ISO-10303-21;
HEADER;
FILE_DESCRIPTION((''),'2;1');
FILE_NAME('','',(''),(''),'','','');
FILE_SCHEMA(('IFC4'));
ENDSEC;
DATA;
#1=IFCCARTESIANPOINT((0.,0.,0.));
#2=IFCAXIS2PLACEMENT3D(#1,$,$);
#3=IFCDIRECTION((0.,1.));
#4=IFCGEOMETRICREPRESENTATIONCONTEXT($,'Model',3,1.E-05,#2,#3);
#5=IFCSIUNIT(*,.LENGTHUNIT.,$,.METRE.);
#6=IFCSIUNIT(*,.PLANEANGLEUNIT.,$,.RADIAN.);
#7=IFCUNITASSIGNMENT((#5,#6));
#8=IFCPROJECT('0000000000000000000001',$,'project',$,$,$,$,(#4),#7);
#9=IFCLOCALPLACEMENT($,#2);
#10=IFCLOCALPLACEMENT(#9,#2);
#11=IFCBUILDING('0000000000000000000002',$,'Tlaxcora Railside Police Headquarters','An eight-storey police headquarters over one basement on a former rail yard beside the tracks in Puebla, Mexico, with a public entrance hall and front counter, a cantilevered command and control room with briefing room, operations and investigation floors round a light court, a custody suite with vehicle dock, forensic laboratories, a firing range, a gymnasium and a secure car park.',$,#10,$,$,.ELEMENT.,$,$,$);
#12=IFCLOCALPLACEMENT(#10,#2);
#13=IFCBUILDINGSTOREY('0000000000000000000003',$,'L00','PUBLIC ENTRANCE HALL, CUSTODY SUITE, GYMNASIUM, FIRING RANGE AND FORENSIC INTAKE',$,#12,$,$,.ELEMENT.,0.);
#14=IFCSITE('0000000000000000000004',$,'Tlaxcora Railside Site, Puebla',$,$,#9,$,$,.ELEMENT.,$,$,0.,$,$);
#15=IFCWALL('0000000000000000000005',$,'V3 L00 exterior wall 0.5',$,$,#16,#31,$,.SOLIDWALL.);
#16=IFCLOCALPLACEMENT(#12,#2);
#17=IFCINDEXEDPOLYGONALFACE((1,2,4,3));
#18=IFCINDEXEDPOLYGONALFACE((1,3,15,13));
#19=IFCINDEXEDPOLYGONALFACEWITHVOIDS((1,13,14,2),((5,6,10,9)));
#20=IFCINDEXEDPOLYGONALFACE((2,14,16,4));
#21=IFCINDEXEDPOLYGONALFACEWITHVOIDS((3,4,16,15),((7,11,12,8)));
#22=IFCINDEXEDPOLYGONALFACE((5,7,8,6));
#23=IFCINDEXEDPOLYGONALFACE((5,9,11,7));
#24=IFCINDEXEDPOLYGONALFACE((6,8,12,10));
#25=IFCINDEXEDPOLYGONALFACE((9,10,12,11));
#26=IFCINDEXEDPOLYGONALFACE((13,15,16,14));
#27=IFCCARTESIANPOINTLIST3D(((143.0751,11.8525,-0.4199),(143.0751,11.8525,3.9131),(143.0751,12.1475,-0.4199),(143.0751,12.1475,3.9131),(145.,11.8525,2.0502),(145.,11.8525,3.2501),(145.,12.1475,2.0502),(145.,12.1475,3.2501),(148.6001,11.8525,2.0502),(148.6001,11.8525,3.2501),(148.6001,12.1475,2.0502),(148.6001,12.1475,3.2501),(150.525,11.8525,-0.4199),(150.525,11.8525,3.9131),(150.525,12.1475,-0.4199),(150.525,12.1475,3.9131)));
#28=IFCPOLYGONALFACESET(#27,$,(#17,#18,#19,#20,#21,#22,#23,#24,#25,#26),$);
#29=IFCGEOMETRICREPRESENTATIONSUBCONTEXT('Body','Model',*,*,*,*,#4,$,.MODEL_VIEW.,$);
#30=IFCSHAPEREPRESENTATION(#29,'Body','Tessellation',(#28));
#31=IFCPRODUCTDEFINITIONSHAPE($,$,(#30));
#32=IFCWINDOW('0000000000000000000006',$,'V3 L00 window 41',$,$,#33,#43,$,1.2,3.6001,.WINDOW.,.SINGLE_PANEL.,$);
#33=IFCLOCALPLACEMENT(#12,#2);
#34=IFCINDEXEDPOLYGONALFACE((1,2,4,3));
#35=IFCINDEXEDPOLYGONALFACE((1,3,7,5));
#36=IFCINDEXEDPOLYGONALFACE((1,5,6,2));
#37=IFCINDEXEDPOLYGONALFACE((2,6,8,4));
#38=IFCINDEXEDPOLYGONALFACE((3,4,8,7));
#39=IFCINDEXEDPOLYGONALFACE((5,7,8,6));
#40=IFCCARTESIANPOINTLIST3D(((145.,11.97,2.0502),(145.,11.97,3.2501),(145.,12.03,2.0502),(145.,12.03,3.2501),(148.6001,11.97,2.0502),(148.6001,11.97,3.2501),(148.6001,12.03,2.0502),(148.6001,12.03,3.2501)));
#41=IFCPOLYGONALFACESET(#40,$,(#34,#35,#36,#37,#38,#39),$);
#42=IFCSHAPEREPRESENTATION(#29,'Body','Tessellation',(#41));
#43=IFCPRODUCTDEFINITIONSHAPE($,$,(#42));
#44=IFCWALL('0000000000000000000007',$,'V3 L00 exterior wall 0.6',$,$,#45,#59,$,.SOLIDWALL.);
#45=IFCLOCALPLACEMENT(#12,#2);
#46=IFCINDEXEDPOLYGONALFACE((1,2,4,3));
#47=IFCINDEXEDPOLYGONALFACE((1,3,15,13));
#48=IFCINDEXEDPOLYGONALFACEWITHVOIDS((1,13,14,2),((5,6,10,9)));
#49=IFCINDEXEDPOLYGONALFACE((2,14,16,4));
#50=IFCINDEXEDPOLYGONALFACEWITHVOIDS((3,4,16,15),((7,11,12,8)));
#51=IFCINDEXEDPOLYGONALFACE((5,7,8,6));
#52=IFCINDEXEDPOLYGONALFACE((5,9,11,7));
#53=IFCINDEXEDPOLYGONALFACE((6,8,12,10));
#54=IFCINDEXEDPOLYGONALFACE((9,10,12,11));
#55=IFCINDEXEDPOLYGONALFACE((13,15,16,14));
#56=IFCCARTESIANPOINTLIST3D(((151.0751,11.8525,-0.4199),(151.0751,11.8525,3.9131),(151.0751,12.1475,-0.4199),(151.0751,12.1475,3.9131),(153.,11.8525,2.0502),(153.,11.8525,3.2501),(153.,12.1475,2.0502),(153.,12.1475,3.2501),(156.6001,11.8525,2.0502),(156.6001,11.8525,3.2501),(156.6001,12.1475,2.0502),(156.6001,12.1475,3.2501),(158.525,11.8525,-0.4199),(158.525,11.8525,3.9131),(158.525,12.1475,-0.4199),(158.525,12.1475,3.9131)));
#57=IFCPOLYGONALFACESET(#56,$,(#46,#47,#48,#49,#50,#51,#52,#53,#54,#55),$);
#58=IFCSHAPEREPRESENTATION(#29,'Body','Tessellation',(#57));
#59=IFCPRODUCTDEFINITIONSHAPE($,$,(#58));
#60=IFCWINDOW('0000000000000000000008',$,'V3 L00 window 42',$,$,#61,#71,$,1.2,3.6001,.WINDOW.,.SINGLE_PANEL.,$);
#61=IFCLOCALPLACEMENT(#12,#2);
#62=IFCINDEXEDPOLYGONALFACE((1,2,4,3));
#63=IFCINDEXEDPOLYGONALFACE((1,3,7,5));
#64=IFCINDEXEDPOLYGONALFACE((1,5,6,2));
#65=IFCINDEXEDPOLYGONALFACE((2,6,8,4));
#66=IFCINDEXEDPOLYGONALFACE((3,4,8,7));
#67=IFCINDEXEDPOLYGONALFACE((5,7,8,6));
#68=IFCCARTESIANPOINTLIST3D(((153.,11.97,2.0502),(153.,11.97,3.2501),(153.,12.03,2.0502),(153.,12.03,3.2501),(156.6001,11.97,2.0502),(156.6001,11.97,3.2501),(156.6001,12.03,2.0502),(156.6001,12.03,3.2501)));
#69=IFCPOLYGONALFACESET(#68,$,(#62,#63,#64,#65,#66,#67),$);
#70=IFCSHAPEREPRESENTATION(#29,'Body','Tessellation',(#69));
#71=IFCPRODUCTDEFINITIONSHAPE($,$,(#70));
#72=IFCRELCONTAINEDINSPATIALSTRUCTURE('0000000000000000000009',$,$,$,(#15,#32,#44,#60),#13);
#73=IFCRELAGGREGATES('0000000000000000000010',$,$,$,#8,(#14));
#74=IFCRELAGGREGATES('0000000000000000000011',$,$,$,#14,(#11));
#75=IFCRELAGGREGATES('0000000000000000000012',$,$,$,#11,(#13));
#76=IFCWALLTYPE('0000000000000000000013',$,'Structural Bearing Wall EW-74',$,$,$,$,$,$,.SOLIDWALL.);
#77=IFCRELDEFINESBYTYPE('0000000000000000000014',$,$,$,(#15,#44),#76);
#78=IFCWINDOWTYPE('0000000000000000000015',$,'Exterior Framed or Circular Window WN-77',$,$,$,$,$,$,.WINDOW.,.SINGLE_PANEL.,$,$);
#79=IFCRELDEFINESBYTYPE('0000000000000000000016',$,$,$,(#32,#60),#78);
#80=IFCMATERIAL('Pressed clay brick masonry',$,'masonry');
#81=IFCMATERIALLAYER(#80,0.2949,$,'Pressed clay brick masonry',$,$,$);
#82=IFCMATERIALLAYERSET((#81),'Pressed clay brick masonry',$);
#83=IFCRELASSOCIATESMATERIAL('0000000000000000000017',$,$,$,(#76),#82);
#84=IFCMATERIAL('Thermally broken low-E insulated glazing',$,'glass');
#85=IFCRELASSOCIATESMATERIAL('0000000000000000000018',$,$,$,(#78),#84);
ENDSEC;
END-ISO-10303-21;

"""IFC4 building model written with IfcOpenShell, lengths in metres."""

from ifc_helpers import new_model, si_unit, direction, frame, frame_2d, origin, place, context, subcontext, project, spatial, rectangle, extrude, material, layer, layer_set, type_object, element, fill, save


model = new_model("IFC4")

# Units and contexts
model_context = context("Model", 3, precision=1e-05, world=origin(), true_north=direction((0.0, 1.0)))
body_context = subcontext(model_context, "Body", "Model", "MODEL_VIEW")
ifc_project = project(units=[si_unit("LENGTHUNIT", "METRE"), si_unit("PLANEANGLEUNIT", "RADIAN")], contexts=[model_context])

# Site, building, storey
site_placement = place(None, origin())
site = spatial("IfcSite", under=ifc_project, at=site_placement, Name="Tlaxcora Railside Site, Puebla", CompositionType="ELEMENT", RefElevation=0.0)
building_placement = place(site_placement, origin())
building = spatial("IfcBuilding", under=site, at=building_placement, Name="Tlaxcora Railside Police Headquarters", Description="An eight-storey police headquarters over one basement on a former rail yard beside the tracks in Puebla, Mexico, with a public entrance hall and front counter, a cantilevered command and control room with briefing room, operations and investigation floors round a light court, a custody suite with vehicle dock, forensic laboratories, a firing range, a gymnasium and a secure car park.", CompositionType="ELEMENT")
storey_placement = place(building_placement, origin())
storey = spatial("IfcBuildingStorey", under=building, at=storey_placement, Name="L00", Description="PUBLIC ENTRANCE HALL, CUSTODY SUITE, GYMNASIUM, FIRING RANGE AND FORENSIC INTAKE", CompositionType="ELEMENT", Elevation=0.0)

# Walls, openings, windows
ifc_material_1 = material(Name="Pressed clay brick masonry", Category="masonry")
ifc_layer_1 = layer(ifc_material_1, 0.2949, Name="Pressed clay brick masonry")
ifc_layer_set_1 = layer_set([ifc_layer_1], Name="Pressed clay brick masonry")
wall_type_1 = type_object("IfcWallType", Name="Structural Bearing Wall EW-74", PredefinedType="SOLIDWALL", material=ifc_layer_set_1)
wall_1_placement = place(storey_placement, frame((143.075, 12.0, -0.4199), z_axis=(0.0, 0.0, 1.0), x_axis=(1.0, 0.0, 0.0)))
wall_1 = element("IfcWall", 1, at=wall_1_placement, inside=storey, type_object=wall_type_1, Name="V3 L00 exterior wall 0.5", PredefinedType="SOLIDWALL", context=body_context, shape_type="SweptSolid", body=[
    extrude(rectangle(XDim=7.45, YDim=0.2949, at=frame_2d((3.7251, 0.0))), origin(), (0.0, 0.0, 1.0), 4.333),
])
opening_1_placement = place(wall_1_placement, frame((1.925, 0.0, 2.47)))
opening_1 = element("IfcOpeningElement", 2, at=opening_1_placement, cuts=wall_1, PredefinedType="OPENING", context=body_context, shape_type="SweptSolid", body=[
    extrude(rectangle(XDim=3.6001, YDim=1.2, at=frame_2d((1.8, 0.6001))), frame((0.0, 0.1575, 0.0), z_axis=(0.0, -1.0, 0.0), x_axis=(1.0, 0.0, 0.0)), (0.0, 0.0, 1.0), 0.3149),
])
ifc_material_2 = material(Name="Thermally broken low-E insulated glazing", Category="glass")
window_type = type_object("IfcWindowType", Name="Exterior Framed or Circular Window WN-77", PartitioningType="SINGLE_PANEL", PredefinedType="WINDOW", material=ifc_material_2)
window_1_placement = place(opening_1_placement, origin())
window_1 = element("IfcWindow", 3, at=window_1_placement, inside=storey, type_object=window_type, Name="V3 L00 window 41", OverallHeight=1.2, OverallWidth=3.6001, PartitioningType="SINGLE_PANEL", PredefinedType="WINDOW", context=body_context, shape_type="SweptSolid", body=[
    extrude(rectangle(XDim=3.6001, YDim=1.2, at=frame_2d((1.8, 0.6001))), frame((0.0, 0.03, 0.0), z_axis=(0.0, -1.0, 0.0), x_axis=(1.0, 0.0, 0.0)), (0.0, 0.0, 1.0), 0.0601),
])
fill(opening_1, window_1)
wall_2_placement = place(storey_placement, frame((151.075, 12.0, -0.4199), z_axis=(0.0, 0.0, 1.0), x_axis=(1.0, 0.0, 0.0)))
wall_2 = element("IfcWall", 4, at=wall_2_placement, inside=storey, type_object=wall_type_1, Name="V3 L00 exterior wall 0.6", PredefinedType="SOLIDWALL", context=body_context, shape_type="SweptSolid", body=[
    extrude(rectangle(XDim=7.45, YDim=0.2949, at=frame_2d((3.7251, 0.0))), origin(), (0.0, 0.0, 1.0), 4.333),
])
opening_2_placement = place(wall_2_placement, frame((1.925, 0.0, 2.47)))
opening_2 = element("IfcOpeningElement", 5, at=opening_2_placement, cuts=wall_2, PredefinedType="OPENING", context=body_context, shape_type="SweptSolid", body=[
    extrude(rectangle(XDim=3.6001, YDim=1.2, at=frame_2d((1.8, 0.6001))), frame((0.0, 0.1575, 0.0), z_axis=(0.0, -1.0, 0.0), x_axis=(1.0, 0.0, 0.0)), (0.0, 0.0, 1.0), 0.3149),
])
window_2_placement = place(opening_2_placement, origin())
window_2 = element("IfcWindow", 6, at=window_2_placement, inside=storey, type_object=window_type, Name="V3 L00 window 42", OverallHeight=1.2, OverallWidth=3.6001, PartitioningType="SINGLE_PANEL", PredefinedType="WINDOW", context=body_context, shape_type="SweptSolid", body=[
    extrude(rectangle(XDim=3.6001, YDim=1.2, at=frame_2d((1.8, 0.6001))), frame((0.0, 0.03, 0.0), z_axis=(0.0, -1.0, 0.0), x_axis=(1.0, 0.0, 0.0)), (0.0, 0.0, 1.0), 0.0601),
])
fill(opening_2, window_2)

save(model, "model.ifc")
